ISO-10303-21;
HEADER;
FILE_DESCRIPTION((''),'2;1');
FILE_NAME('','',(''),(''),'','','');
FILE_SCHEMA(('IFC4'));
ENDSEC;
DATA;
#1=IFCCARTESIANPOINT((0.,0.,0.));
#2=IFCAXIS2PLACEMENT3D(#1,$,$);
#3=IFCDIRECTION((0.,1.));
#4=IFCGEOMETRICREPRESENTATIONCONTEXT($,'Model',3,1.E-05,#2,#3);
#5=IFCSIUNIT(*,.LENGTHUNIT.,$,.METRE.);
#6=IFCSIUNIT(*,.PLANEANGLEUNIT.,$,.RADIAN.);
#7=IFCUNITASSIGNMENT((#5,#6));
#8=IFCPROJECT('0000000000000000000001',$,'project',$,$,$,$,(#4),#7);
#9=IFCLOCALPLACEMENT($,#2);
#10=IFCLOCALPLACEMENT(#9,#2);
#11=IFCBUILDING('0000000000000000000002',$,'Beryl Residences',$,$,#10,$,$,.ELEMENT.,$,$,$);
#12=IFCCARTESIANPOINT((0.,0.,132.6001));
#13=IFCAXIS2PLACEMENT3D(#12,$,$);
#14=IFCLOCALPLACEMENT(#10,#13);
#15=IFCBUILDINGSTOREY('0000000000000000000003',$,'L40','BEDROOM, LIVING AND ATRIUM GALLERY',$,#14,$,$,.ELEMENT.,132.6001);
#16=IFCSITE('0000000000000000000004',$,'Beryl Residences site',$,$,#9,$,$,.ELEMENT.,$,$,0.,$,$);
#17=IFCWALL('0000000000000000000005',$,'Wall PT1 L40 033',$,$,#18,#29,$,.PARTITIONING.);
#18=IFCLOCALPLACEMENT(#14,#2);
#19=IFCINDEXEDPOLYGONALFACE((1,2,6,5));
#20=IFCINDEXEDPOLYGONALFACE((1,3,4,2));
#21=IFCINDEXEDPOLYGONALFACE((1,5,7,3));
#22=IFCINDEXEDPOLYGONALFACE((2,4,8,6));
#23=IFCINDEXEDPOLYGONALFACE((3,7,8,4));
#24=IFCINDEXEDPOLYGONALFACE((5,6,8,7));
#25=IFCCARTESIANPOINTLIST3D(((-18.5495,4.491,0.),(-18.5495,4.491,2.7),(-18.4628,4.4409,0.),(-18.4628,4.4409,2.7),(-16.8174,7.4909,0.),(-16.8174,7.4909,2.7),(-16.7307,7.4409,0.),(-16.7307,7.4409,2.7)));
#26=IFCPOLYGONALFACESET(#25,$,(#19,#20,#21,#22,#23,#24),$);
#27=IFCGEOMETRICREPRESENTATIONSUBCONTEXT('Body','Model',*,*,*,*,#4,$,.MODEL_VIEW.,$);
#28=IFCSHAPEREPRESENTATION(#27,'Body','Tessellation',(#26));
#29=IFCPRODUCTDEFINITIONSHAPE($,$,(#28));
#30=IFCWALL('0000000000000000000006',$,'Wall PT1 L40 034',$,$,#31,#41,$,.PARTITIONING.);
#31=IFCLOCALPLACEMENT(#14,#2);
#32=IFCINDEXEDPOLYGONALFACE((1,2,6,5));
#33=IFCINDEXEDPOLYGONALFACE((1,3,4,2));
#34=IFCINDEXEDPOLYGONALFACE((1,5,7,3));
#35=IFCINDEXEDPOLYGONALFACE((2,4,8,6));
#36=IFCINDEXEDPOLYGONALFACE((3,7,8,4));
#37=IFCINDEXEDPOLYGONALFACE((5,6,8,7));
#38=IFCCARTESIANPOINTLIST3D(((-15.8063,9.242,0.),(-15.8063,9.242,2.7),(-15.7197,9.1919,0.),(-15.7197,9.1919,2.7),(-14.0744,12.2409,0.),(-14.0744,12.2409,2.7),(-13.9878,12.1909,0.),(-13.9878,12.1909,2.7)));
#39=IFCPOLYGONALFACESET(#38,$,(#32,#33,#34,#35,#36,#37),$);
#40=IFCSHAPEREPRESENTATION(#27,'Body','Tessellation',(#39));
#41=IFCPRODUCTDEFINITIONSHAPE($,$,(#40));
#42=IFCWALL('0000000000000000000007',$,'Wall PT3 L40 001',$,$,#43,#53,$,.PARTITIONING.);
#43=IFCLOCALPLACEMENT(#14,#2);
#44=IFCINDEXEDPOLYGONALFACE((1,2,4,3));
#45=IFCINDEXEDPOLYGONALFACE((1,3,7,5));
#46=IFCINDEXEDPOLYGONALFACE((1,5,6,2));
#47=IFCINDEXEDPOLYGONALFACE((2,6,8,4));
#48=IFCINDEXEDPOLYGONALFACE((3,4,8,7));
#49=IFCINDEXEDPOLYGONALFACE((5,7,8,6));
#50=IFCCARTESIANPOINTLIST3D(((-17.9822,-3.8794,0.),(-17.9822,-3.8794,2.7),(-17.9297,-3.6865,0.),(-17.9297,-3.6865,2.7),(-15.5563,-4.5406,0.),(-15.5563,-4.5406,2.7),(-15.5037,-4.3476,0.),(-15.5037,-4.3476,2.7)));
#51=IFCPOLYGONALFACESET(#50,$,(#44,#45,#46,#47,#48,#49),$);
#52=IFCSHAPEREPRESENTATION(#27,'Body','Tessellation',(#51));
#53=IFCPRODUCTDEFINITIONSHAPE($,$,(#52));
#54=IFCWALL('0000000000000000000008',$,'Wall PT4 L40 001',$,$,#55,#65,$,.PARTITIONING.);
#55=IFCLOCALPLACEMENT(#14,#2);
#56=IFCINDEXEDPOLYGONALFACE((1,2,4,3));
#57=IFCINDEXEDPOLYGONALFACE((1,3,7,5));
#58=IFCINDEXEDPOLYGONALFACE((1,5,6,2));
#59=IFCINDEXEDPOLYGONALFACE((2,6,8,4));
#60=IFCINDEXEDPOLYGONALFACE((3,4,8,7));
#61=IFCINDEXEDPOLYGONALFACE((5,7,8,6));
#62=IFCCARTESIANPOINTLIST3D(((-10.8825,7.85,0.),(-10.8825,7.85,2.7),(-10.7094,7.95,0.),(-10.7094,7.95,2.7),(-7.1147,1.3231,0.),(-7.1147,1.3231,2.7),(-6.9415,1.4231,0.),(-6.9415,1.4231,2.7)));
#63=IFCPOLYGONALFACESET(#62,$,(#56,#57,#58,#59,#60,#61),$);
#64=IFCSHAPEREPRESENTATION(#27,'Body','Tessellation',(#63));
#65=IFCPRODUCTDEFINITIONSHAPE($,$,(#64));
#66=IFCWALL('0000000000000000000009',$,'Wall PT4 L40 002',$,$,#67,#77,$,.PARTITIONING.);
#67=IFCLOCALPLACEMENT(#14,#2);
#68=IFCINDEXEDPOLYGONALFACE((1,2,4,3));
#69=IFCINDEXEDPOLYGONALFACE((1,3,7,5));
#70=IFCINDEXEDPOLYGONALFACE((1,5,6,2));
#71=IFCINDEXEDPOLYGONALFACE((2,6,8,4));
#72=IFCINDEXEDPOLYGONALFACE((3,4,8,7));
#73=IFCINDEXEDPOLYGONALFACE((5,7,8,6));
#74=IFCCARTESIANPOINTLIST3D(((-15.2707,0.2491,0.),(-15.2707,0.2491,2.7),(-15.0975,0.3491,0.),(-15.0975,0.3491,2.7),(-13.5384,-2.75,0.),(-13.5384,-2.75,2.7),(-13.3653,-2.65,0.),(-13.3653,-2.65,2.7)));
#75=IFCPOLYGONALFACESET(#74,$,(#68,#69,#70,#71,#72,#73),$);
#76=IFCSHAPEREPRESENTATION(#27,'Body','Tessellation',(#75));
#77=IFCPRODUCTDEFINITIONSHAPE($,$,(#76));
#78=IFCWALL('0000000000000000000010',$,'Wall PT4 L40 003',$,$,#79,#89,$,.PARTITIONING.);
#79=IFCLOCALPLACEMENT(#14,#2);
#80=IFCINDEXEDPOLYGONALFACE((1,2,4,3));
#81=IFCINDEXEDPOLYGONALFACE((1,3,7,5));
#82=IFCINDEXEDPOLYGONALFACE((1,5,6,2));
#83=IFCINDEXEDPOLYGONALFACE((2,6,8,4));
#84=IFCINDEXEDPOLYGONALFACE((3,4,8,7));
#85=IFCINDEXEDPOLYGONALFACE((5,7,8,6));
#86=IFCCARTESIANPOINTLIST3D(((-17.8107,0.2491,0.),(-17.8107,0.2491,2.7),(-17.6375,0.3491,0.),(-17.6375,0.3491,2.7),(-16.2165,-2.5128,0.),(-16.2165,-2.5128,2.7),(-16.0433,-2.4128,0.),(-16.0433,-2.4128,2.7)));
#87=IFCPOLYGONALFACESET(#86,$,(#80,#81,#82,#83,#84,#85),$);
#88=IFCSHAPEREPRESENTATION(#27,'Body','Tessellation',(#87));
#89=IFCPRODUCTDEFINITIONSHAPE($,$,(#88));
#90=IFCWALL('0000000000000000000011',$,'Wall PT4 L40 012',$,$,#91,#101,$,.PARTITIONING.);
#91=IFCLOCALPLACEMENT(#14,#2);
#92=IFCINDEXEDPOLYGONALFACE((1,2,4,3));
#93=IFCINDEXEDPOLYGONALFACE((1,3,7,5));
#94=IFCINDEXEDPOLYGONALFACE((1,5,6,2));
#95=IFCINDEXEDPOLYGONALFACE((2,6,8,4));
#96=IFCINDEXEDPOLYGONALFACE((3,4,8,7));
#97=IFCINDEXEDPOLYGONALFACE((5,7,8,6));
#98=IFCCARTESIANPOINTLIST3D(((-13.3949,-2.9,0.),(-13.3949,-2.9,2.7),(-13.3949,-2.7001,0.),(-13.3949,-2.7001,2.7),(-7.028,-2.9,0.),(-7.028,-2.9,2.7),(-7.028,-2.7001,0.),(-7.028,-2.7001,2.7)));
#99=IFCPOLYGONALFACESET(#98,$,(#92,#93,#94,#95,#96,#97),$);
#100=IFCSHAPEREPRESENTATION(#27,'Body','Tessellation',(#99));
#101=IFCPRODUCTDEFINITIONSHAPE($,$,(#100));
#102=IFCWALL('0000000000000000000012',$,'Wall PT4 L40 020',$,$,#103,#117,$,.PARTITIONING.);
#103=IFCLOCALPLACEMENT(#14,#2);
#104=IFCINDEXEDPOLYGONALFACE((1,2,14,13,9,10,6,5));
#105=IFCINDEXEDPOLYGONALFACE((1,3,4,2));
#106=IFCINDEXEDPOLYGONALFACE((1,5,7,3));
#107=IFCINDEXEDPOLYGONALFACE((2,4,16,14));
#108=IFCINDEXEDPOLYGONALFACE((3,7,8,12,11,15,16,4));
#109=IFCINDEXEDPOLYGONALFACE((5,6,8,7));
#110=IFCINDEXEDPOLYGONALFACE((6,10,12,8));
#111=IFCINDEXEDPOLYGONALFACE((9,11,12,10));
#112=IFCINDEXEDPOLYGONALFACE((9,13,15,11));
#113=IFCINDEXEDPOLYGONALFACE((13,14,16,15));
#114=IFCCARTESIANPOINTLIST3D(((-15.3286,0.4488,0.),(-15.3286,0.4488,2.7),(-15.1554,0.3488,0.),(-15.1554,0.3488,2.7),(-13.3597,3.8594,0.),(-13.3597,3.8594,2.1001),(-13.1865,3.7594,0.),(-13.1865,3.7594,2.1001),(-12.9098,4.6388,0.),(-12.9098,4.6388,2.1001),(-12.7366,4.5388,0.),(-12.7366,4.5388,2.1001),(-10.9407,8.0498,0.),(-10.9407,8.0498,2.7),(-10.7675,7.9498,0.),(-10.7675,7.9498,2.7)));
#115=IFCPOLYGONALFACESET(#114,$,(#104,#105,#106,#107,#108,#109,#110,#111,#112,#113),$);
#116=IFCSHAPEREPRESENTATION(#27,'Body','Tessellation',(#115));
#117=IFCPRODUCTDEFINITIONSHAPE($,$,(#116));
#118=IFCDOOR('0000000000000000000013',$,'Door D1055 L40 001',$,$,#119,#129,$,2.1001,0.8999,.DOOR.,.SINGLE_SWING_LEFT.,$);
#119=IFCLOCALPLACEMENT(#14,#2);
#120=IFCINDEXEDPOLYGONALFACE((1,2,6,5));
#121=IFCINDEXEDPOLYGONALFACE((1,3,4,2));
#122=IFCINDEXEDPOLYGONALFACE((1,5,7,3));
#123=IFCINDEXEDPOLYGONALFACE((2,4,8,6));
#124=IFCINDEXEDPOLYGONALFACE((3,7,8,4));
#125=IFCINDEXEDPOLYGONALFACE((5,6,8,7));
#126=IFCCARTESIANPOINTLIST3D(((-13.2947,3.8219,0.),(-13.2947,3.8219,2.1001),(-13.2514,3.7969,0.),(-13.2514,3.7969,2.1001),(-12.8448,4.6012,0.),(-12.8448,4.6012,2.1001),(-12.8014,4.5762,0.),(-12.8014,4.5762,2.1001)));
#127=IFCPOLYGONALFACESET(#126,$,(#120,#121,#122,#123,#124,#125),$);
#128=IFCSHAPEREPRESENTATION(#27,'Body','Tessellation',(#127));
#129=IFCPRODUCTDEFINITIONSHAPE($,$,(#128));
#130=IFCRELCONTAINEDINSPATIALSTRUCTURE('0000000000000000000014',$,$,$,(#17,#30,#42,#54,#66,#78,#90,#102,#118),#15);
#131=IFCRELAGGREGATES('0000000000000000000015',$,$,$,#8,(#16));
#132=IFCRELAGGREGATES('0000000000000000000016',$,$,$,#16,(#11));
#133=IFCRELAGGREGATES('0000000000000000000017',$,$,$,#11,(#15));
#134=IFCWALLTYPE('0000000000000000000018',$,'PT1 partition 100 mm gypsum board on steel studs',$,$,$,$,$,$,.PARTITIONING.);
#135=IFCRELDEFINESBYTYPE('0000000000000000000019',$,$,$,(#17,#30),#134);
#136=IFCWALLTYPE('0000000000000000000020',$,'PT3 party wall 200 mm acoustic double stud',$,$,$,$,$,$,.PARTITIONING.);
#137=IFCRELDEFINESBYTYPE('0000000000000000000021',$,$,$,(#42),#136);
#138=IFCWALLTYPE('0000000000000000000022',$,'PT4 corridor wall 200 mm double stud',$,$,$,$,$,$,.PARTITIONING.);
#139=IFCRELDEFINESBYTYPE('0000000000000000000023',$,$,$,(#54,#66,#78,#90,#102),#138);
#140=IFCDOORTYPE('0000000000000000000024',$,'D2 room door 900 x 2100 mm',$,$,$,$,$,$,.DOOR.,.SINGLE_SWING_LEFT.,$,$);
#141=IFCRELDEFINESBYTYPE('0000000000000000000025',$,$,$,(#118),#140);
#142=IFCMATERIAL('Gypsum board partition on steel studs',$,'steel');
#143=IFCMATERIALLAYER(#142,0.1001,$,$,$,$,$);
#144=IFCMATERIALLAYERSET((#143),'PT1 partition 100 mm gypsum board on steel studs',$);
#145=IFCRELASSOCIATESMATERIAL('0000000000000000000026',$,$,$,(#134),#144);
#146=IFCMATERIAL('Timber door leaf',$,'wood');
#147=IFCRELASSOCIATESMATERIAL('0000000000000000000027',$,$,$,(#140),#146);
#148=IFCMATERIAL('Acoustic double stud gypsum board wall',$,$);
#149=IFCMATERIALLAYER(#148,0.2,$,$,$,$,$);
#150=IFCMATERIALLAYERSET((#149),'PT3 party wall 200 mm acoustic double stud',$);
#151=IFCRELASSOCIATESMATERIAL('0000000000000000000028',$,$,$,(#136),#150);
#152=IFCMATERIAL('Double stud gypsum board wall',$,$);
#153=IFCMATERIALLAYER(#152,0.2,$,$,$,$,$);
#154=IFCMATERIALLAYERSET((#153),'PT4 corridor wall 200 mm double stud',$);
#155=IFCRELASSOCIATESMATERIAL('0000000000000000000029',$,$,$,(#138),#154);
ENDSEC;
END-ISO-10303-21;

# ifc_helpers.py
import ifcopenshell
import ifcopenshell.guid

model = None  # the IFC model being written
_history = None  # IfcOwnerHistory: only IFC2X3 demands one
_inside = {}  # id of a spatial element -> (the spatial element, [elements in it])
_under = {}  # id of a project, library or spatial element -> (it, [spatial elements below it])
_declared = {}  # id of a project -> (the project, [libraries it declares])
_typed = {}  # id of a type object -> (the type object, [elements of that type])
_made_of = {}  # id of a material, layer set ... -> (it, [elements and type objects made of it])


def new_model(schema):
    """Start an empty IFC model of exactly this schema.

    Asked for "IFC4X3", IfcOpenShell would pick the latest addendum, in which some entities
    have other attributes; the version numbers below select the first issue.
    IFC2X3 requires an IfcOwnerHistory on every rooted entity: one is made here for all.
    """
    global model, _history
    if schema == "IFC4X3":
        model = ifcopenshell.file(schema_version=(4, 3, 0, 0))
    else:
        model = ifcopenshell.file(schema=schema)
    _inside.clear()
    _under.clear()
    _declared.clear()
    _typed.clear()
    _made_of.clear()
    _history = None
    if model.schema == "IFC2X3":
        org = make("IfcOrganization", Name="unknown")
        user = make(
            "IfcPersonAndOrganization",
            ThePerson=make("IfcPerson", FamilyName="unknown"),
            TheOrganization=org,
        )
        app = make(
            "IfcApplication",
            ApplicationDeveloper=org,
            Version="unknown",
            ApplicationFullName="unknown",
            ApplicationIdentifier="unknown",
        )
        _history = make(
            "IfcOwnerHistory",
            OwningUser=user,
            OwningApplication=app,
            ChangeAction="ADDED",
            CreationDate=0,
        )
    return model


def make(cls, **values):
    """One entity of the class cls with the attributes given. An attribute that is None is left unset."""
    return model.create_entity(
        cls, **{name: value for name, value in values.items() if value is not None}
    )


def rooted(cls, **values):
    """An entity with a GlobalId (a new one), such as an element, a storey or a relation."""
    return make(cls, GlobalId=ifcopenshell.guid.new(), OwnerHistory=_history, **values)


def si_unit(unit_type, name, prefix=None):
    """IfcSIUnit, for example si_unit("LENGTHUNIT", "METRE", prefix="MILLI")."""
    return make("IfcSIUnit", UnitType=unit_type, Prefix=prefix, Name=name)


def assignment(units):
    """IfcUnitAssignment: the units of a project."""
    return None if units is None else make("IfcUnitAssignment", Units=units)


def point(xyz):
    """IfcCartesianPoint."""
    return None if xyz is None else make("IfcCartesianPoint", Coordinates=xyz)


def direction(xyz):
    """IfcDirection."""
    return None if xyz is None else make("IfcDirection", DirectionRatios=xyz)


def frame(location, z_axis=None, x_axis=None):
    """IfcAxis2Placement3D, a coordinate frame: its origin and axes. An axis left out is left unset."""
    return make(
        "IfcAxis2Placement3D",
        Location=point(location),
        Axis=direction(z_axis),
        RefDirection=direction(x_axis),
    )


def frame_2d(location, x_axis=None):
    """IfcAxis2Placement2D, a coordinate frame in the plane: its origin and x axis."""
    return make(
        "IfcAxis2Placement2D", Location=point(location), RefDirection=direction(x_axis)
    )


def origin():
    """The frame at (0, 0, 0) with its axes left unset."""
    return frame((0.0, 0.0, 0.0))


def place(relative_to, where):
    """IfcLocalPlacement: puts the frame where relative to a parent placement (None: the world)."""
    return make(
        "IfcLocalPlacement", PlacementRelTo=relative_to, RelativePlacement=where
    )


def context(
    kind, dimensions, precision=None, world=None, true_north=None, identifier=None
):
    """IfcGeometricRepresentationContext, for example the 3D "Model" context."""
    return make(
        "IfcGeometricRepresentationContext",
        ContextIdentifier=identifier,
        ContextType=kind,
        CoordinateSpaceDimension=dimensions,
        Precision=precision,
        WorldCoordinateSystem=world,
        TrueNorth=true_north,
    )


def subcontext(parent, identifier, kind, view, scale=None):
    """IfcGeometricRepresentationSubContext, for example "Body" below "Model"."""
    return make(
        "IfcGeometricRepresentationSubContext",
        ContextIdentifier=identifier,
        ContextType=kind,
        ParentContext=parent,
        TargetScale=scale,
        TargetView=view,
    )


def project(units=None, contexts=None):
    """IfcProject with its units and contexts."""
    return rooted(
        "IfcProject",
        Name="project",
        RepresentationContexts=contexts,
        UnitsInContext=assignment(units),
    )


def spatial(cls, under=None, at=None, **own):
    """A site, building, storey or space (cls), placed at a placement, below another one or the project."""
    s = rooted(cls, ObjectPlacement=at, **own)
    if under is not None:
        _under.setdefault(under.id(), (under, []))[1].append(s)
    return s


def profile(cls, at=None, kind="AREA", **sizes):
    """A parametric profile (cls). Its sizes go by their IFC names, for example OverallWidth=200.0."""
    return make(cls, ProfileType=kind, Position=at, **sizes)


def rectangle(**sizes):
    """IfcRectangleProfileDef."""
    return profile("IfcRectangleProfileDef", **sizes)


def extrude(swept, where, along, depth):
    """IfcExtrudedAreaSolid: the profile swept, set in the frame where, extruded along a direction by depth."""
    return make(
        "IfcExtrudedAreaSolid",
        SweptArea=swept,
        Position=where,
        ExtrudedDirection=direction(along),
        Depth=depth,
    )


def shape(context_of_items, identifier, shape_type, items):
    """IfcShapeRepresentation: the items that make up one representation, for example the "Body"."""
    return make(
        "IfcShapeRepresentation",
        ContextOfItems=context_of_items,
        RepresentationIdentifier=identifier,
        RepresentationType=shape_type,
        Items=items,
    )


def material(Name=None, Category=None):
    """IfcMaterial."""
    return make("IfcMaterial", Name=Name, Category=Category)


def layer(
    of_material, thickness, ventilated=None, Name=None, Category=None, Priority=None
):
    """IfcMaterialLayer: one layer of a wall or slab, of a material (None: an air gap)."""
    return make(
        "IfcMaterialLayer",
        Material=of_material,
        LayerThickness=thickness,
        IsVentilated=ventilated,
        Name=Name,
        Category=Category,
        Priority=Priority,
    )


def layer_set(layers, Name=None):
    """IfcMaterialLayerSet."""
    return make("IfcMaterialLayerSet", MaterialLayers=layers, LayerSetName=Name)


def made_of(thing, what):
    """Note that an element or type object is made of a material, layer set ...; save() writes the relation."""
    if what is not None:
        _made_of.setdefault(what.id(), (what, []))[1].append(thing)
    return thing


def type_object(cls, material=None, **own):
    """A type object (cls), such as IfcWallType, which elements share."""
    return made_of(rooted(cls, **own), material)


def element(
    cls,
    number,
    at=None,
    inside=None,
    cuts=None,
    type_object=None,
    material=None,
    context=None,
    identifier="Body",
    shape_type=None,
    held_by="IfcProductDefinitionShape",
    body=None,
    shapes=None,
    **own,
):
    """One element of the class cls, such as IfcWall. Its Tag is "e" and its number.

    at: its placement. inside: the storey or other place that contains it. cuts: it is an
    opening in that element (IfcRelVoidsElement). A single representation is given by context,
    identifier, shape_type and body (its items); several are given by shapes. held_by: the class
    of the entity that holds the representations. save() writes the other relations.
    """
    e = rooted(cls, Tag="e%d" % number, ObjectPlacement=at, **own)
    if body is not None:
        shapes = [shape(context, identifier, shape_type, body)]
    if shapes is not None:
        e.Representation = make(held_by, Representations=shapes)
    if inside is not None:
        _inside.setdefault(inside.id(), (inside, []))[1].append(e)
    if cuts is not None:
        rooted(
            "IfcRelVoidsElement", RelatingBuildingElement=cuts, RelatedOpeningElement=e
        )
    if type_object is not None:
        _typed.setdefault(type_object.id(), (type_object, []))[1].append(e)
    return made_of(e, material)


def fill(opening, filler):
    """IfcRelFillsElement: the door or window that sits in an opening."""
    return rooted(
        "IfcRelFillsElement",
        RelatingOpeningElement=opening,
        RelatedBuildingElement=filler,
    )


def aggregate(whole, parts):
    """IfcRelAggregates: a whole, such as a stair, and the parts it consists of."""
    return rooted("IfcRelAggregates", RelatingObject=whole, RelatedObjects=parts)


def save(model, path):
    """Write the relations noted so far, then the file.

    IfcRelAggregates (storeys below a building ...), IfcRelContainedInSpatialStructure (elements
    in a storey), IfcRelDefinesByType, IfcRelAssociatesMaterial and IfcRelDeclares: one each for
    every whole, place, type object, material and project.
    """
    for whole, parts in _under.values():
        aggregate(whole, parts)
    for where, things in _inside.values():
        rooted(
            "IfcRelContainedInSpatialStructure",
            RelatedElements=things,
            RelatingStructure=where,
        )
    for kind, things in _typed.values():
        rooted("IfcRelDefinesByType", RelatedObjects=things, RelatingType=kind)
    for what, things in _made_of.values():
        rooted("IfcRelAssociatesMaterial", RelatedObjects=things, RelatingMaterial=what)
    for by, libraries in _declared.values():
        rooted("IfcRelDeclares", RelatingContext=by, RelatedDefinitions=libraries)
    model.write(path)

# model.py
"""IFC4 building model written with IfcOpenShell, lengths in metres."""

from ifc_helpers import new_model, si_unit, direction, frame, frame_2d, origin, place, context, subcontext, project, spatial, rectangle, extrude, material, layer, layer_set, type_object, element, fill, save


model = new_model("IFC4")

# Units and contexts
model_context = context("Model", 3, precision=1e-05, world=origin(), true_north=direction((0.0, 1.0)))
body_context = subcontext(model_context, "Body", "Model", "MODEL_VIEW")
ifc_project = project(units=[si_unit("LENGTHUNIT", "METRE"), si_unit("PLANEANGLEUNIT", "RADIAN")], contexts=[model_context])

# Site, building, storey
site_placement = place(None, origin())
site = spatial("IfcSite", under=ifc_project, at=site_placement, Name="Beryl Residences site", CompositionType="ELEMENT", RefElevation=0.0)
building_placement = place(site_placement, origin())
building = spatial("IfcBuilding", under=site, at=building_placement, Name="Beryl Residences", CompositionType="ELEMENT")
storey_placement = place(building_placement, frame((0.0, 0.0, 132.6001)))
storey = spatial("IfcBuildingStorey", under=building, at=storey_placement, Name="L40", Description="BEDROOM, LIVING AND ATRIUM GALLERY", CompositionType="ELEMENT", Elevation=132.6001)

# Shared definitions
ifc_material_1 = material(Name="Gypsum board partition on steel studs", Category="steel")
ifc_layer_1 = layer(ifc_material_1, 0.1001)
ifc_layer_set_1 = layer_set([ifc_layer_1], Name="PT1 partition 100 mm gypsum board on steel studs")
wall_type_1 = type_object("IfcWallType", Name="PT1 partition 100 mm gypsum board on steel studs", PredefinedType="PARTITIONING", material=ifc_layer_set_1)
ifc_material_2 = material(Name="Timber door leaf", Category="wood")
door_type_1 = type_object("IfcDoorType", Name="D2 room door 900 x 2100 mm", OperationType="SINGLE_SWING_LEFT", PredefinedType="DOOR", material=ifc_material_2)

# Walls
wall_1_placement = place(storey_placement, frame((-18.5061, 4.4661, 0.0), z_axis=(0.0, 0.0, 1.0), x_axis=(0.500027, 0.86601, 0.0)))
element("IfcWall", 1, at=wall_1_placement, inside=storey, type_object=wall_type_1, Name="Wall PT1 L40 033", PredefinedType="PARTITIONING", context=body_context, shape_type="SweptSolid", body=[
    extrude(rectangle(XDim=3.4641, YDim=0.1001, at=frame_2d((1.7319, 0.0))), origin(), (0.0, 0.0, 1.0), 2.7),
])
wall_2_placement = place(storey_placement, frame((-15.7629, 9.217, 0.0), z_axis=(0.0, 0.0, 1.0), x_axis=(0.500097, 0.86597, 0.0)))
element("IfcWall", 2, at=wall_2_placement, inside=storey, type_object=wall_type_1, Name="Wall PT1 L40 034", PredefinedType="PARTITIONING", context=body_context, shape_type="SweptSolid", body=[
    extrude(rectangle(XDim=3.4631, YDim=0.1001, at=frame_2d((1.7314, 0.0))), origin(), (0.0, 0.0, 1.0), 2.7),
])
ifc_material_3 = material(Name="Acoustic double stud gypsum board wall")
ifc_layer_2 = layer(ifc_material_3, 0.2)
ifc_layer_set_2 = layer_set([ifc_layer_2], Name="PT3 party wall 200 mm acoustic double stud")
wall_type_2 = type_object("IfcWallType", Name="PT3 party wall 200 mm acoustic double stud", PredefinedType="PARTITIONING", material=ifc_layer_set_2)
wall_3_placement = place(storey_placement, frame((-17.9561, -3.783, 0.0), z_axis=(0.0, 0.0, 1.0), x_axis=(0.964815, -0.262928, 0.0)))
element("IfcWall", 3, at=wall_3_placement, inside=storey, type_object=wall_type_2, Name="Wall PT3 L40 001", PredefinedType="PARTITIONING", context=body_context, shape_type="SweptSolid", body=[
    extrude(rectangle(XDim=2.5144, YDim=0.2, at=frame_2d((1.2573, 0.0))), origin(), (0.0, 0.0, 1.0), 2.7),
])
ifc_material_4 = material(Name="Double stud gypsum board wall")
ifc_layer_3 = layer(ifc_material_4, 0.2)
ifc_layer_set_3 = layer_set([ifc_layer_3], Name="PT4 corridor wall 200 mm double stud")
wall_type_3 = type_object("IfcWallType", Name="PT4 corridor wall 200 mm double stud", PredefinedType="PARTITIONING", material=ifc_layer_set_3)
wall_4_placement = place(storey_placement, frame((-10.7959, 7.8999, 0.0), z_axis=(0.0, 0.0, 1.0), x_axis=(0.499954, -0.866052, 0.0)))
element("IfcWall", 4, at=wall_4_placement, inside=storey, type_object=wall_type_3, Name="Wall PT4 L40 001", PredefinedType="PARTITIONING", context=body_context, shape_type="SweptSolid", body=[
    extrude(rectangle(XDim=7.5364, YDim=0.2, at=frame_2d((3.7681, 0.0))), origin(), (0.0, 0.0, 1.0), 2.7),
])
wall_5_placement = place(storey_placement, frame((-15.1841, 0.2991, 0.0), z_axis=(0.0, 0.0, 1.0), x_axis=(0.50015, -0.865939, 0.0)))
element("IfcWall", 5, at=wall_5_placement, inside=storey, type_object=wall_type_3, Name="Wall PT4 L40 002", PredefinedType="PARTITIONING", context=body_context, shape_type="SweptSolid", body=[
    extrude(rectangle(XDim=3.4634, YDim=0.2, at=frame_2d((1.7317, 0.0))), origin(), (0.0, 0.0, 1.0), 2.7),
])
wall_6_placement = place(storey_placement, frame((-17.7241, 0.2991, 0.0), z_axis=(0.0, 0.0, 1.0), x_axis=(0.49991, -0.866077, 0.0)))
element("IfcWall", 6, at=wall_6_placement, inside=storey, type_object=wall_type_3, Name="Wall PT4 L40 003", PredefinedType="PARTITIONING", context=body_context, shape_type="SweptSolid", body=[
    extrude(rectangle(XDim=3.189, YDim=0.2, at=frame_2d((1.5945, 0.0))), origin(), (0.0, 0.0, 1.0), 2.7),
])
wall_7_placement = place(storey_placement, frame((-13.395, -2.8, 0.0), z_axis=(0.0, 0.0, 1.0), x_axis=(1.0, 0.0, 0.0)))
element("IfcWall", 7, at=wall_7_placement, inside=storey, type_object=wall_type_3, Name="Wall PT4 L40 012", PredefinedType="PARTITIONING", context=body_context, shape_type="SweptSolid", body=[
    extrude(rectangle(XDim=6.3669, YDim=0.2, at=frame_2d((3.1836, 0.0))), origin(), (0.0, 0.0, 1.0), 2.7),
])

# Wall, opening, door
wall_8_placement = place(storey_placement, frame((-15.2419, 0.3989, 0.0), z_axis=(0.0, 0.0, 1.0), x_axis=(0.499954, 0.866052, 0.0)))
wall_8 = element("IfcWall", 8, at=wall_8_placement, inside=storey, type_object=wall_type_3, Name="Wall PT4 L40 020", PredefinedType="PARTITIONING", context=body_context, shape_type="SweptSolid", body=[
    extrude(rectangle(XDim=8.7766, YDim=0.2, at=frame_2d((4.3882, 0.0))), origin(), (0.0, 0.0, 1.0), 2.7),
])
opening_1_placement = place(wall_8_placement, frame((3.938, 0.0, 0.0)))
opening_1 = element("IfcOpeningElement", 9, at=opening_1_placement, cuts=wall_8, PredefinedType="OPENING", context=body_context, shape_type="SweptSolid", body=[
    extrude(rectangle(XDim=0.8999, YDim=2.1001, at=frame_2d((0.45, 1.05))), frame((0.0, 0.1099, 0.0), z_axis=(0.0, -1.0, 0.0), x_axis=(1.0, 0.0, 0.0)), (0.0, 0.0, 1.0), 0.22),
])
door_1_placement = place(opening_1_placement, origin())
door_1 = element("IfcDoor", 10, at=door_1_placement, inside=storey, type_object=door_type_1, Name="Door D1055 L40 001", OperationType="SINGLE_SWING_LEFT", OverallHeight=2.1001, OverallWidth=0.8999, PredefinedType="DOOR", context=body_context, shape_type="SweptSolid", body=[
    extrude(rectangle(XDim=0.8999, YDim=2.1001, at=frame_2d((0.45, 1.05))), frame((0.0, 0.0249, 0.0), z_axis=(0.0, -1.0, 0.0), x_axis=(1.0, 0.0, 0.0)), (0.0, 0.0, 1.0), 0.05),
])
fill(opening_1, door_1)

save(model, "model.ifc")
